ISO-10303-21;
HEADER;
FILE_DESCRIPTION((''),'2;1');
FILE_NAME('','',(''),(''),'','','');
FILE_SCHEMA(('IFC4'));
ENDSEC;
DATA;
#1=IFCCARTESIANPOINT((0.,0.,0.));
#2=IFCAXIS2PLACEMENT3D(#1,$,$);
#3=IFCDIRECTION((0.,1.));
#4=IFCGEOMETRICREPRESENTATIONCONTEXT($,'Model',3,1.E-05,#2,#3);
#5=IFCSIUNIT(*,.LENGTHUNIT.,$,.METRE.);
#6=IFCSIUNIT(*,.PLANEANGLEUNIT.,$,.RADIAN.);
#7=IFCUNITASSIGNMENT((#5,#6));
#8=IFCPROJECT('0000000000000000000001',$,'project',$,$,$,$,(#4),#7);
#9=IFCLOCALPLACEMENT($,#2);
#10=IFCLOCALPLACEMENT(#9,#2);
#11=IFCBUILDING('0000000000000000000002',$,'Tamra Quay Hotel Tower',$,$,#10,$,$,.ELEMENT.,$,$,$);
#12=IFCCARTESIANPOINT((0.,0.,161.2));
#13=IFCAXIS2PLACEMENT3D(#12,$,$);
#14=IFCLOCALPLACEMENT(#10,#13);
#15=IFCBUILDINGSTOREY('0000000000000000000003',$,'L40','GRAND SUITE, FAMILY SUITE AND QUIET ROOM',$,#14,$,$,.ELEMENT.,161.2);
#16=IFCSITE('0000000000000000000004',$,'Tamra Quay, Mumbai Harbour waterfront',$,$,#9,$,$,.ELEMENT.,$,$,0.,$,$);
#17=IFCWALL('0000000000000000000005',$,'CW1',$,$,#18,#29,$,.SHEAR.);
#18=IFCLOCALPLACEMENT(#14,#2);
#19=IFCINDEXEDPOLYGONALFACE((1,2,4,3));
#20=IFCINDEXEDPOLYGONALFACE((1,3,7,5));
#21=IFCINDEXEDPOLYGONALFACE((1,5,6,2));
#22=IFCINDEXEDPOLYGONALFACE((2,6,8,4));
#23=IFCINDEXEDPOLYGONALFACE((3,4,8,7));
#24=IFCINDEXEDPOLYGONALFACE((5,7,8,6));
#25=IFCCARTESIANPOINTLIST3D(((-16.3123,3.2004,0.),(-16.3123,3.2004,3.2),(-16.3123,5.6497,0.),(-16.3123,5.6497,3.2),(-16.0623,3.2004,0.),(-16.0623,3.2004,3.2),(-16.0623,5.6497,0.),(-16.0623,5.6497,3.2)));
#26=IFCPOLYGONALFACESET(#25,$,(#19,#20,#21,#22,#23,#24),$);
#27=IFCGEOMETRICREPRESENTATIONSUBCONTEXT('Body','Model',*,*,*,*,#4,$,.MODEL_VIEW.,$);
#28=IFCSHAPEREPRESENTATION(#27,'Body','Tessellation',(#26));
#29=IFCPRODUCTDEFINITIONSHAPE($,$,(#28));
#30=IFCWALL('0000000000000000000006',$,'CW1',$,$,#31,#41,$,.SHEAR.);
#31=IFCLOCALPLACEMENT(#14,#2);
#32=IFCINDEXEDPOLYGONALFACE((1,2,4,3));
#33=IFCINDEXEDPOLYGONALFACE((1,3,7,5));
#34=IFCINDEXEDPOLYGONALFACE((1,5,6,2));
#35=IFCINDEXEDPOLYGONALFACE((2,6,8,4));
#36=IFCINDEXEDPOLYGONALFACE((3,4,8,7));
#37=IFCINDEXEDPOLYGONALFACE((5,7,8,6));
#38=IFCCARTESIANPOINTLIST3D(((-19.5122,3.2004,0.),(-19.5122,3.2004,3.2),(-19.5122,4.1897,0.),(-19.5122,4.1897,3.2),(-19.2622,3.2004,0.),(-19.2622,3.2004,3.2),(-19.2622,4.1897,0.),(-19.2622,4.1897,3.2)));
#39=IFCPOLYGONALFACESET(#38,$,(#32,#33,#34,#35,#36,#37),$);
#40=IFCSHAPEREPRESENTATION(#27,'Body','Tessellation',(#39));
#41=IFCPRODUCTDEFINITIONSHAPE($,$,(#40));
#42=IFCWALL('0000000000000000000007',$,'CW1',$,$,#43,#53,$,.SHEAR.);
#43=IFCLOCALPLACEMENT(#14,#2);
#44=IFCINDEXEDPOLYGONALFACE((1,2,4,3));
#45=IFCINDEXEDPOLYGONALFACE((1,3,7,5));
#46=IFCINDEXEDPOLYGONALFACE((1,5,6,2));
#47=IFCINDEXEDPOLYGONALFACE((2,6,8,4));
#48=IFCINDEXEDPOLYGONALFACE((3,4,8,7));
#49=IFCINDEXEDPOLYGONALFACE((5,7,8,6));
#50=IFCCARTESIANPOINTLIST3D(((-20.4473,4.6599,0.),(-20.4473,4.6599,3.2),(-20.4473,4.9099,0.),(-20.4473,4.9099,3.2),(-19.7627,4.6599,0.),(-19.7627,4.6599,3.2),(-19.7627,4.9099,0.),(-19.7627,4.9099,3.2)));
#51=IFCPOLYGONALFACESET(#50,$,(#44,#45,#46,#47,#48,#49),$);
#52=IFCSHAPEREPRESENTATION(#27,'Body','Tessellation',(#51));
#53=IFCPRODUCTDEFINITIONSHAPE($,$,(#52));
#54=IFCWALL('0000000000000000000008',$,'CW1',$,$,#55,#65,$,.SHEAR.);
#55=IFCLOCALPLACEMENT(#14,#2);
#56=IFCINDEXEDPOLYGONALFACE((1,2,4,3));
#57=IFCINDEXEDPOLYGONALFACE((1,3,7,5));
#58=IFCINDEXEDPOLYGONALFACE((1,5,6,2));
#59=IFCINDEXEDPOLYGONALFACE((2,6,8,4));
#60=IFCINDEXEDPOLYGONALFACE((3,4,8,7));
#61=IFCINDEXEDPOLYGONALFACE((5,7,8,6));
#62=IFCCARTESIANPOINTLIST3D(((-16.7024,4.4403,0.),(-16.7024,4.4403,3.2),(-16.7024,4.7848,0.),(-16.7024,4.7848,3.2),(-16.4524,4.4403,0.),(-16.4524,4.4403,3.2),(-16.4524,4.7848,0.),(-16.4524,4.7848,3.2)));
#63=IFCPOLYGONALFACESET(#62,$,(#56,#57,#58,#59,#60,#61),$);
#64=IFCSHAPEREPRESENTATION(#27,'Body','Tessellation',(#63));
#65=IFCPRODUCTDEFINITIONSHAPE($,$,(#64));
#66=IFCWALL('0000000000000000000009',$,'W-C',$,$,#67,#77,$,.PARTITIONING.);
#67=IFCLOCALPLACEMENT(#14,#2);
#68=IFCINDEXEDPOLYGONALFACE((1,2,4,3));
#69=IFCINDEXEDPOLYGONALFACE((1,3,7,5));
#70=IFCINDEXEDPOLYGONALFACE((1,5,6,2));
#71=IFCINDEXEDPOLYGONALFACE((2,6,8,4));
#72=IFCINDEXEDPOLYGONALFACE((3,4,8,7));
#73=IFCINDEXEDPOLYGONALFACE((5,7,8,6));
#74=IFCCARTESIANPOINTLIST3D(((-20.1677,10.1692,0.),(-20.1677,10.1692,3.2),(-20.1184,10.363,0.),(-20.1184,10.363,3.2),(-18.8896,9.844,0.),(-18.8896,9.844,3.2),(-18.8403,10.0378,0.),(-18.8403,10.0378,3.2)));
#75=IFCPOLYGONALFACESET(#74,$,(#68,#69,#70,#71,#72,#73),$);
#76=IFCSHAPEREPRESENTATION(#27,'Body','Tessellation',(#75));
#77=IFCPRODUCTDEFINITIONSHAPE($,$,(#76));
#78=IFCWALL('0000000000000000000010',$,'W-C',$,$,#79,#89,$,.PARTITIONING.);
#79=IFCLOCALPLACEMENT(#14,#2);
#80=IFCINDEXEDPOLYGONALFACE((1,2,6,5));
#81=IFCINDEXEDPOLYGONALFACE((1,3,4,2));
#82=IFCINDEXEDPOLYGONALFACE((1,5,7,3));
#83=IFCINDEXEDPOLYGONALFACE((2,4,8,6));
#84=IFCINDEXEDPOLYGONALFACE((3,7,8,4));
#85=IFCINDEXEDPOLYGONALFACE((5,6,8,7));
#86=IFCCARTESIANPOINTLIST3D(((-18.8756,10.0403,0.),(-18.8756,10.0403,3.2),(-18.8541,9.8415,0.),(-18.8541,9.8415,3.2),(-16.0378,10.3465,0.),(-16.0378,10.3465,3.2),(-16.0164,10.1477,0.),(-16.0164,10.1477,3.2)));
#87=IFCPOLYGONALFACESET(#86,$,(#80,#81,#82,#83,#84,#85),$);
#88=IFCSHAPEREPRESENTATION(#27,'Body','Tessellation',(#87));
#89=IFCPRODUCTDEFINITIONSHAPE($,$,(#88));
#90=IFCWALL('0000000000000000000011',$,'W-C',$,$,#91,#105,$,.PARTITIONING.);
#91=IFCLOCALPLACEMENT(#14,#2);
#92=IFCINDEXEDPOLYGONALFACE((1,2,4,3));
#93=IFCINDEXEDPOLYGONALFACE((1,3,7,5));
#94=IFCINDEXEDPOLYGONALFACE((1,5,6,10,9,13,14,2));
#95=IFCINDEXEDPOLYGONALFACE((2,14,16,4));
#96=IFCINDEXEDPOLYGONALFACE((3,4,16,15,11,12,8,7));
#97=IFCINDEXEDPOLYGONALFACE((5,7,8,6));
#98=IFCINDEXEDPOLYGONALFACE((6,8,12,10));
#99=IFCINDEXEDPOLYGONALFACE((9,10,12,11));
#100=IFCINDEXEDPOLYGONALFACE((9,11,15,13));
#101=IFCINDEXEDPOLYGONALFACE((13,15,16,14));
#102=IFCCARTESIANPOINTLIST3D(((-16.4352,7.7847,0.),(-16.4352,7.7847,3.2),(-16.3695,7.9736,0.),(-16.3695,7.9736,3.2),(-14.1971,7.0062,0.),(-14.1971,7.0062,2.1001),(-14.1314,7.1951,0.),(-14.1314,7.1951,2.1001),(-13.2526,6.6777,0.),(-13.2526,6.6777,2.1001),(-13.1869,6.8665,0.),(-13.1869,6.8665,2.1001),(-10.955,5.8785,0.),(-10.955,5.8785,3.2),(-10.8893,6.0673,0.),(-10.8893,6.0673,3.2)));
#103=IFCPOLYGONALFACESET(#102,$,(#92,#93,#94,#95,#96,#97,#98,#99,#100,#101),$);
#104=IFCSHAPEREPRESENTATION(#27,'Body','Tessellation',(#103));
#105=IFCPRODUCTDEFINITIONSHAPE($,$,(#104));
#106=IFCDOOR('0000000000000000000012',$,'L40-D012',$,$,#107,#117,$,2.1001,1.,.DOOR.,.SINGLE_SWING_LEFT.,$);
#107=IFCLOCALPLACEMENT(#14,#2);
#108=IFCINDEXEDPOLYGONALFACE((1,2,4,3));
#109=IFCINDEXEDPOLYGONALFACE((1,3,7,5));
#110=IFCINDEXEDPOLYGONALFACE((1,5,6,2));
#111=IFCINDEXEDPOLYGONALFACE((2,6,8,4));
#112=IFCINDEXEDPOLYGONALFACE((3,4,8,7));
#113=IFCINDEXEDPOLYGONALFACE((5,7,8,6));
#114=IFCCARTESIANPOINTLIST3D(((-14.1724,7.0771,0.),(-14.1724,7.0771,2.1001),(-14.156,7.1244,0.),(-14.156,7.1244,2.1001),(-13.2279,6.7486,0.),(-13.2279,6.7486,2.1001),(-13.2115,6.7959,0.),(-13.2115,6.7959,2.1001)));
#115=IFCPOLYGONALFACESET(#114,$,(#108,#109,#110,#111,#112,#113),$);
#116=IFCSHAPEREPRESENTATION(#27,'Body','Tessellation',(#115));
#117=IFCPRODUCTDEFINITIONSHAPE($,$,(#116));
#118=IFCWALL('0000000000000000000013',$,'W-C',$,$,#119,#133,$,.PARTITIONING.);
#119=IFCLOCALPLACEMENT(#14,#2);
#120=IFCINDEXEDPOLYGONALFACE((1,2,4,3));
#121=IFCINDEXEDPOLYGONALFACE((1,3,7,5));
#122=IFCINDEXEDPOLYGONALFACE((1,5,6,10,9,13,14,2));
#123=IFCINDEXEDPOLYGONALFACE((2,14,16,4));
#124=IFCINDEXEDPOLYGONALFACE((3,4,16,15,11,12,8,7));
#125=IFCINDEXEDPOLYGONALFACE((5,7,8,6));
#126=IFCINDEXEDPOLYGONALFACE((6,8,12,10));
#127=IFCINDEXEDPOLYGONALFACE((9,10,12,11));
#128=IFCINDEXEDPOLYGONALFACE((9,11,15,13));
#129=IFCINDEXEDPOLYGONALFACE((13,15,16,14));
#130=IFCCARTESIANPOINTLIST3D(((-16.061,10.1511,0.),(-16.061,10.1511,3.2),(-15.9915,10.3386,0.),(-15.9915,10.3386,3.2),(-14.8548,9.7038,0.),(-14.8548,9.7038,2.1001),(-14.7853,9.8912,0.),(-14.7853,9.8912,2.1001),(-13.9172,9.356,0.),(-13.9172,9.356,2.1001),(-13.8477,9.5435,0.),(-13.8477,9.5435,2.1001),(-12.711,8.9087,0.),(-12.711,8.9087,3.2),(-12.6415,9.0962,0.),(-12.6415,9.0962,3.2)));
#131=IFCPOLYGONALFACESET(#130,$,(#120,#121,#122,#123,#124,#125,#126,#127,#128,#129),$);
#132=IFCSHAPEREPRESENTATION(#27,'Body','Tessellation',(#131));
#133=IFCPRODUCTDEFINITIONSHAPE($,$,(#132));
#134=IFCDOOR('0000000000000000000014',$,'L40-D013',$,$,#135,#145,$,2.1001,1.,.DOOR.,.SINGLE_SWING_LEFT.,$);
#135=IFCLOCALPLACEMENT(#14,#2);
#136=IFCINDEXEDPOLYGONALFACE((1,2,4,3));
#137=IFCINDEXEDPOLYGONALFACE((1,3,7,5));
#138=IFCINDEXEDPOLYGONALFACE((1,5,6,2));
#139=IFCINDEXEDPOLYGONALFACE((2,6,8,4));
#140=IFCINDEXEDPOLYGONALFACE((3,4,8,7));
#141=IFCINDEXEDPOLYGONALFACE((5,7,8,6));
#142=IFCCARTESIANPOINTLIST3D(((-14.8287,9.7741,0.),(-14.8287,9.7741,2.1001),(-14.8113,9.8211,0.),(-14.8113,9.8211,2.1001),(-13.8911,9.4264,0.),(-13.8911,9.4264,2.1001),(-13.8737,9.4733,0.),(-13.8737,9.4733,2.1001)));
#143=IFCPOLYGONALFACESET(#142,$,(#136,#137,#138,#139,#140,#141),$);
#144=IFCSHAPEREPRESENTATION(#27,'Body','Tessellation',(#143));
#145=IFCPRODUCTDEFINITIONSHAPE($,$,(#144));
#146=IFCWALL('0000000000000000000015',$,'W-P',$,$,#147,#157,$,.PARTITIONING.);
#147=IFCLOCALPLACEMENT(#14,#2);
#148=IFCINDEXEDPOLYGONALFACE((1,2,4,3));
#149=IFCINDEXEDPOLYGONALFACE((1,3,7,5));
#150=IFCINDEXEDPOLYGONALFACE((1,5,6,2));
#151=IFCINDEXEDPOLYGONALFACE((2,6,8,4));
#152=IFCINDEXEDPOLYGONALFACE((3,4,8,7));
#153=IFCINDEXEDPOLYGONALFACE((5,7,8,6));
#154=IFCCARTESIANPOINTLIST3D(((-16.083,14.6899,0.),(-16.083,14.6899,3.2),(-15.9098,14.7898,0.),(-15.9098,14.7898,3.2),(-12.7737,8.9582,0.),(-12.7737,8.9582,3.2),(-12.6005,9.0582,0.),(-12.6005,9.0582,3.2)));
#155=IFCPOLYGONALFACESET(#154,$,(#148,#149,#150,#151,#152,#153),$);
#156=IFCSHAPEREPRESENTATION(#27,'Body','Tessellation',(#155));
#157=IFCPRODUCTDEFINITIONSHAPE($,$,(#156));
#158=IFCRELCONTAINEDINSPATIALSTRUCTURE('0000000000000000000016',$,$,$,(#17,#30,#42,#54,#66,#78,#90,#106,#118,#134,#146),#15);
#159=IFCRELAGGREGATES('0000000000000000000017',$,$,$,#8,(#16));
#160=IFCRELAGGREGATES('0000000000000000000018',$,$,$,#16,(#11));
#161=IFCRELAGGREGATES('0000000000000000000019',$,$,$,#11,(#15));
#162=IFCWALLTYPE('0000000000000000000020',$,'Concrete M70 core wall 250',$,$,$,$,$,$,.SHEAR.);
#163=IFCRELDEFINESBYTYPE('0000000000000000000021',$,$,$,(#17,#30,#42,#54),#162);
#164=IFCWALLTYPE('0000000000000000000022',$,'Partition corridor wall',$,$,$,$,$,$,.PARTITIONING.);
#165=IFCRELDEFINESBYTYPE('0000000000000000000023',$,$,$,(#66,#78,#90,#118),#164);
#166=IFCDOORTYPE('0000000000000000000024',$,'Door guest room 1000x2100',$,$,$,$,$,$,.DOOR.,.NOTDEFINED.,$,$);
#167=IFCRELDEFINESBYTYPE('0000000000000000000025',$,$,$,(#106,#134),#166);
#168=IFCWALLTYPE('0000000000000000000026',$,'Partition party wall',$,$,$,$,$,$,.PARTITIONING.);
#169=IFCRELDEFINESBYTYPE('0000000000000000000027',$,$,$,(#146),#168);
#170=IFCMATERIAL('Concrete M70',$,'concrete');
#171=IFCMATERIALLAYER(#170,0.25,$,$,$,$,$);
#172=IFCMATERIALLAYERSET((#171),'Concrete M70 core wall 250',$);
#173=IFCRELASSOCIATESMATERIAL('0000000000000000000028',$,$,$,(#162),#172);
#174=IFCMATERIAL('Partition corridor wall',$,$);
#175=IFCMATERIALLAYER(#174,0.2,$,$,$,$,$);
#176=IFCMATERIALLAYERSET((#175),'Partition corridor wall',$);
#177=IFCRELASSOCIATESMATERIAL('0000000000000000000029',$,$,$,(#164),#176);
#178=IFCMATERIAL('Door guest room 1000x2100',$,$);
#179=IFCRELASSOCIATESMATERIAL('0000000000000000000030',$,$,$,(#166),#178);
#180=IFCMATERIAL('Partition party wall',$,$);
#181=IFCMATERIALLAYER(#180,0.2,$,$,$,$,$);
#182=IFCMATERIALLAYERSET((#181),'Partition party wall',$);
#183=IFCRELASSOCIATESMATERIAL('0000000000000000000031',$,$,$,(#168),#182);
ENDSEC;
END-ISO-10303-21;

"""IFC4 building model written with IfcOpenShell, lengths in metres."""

from ifc_helpers import new_model, si_unit, direction, frame, frame_2d, origin, place, context, subcontext, project, spatial, rectangle, extrude, material, layer, layer_set, type_object, element, fill, save


model = new_model("IFC4")

# Units and contexts
model_context = context("Model", 3, precision=1e-05, world=origin(), true_north=direction((0.0, 1.0)))
body_context = subcontext(model_context, "Body", "Model", "MODEL_VIEW")
ifc_project = project(units=[si_unit("LENGTHUNIT", "METRE"), si_unit("PLANEANGLEUNIT", "RADIAN")], contexts=[model_context])

# Site, building, storey
site_placement = place(None, origin())
site = spatial("IfcSite", under=ifc_project, at=site_placement, Name="Tamra Quay, Mumbai Harbour waterfront", CompositionType="ELEMENT", RefElevation=0.0)
building_placement = place(site_placement, origin())
building = spatial("IfcBuilding", under=site, at=building_placement, Name="Tamra Quay Hotel Tower", CompositionType="ELEMENT")
storey_placement = place(building_placement, frame((0.0, 0.0, 161.2)))
storey = spatial("IfcBuildingStorey", under=building, at=storey_placement, Name="L40", Description="GRAND SUITE, FAMILY SUITE AND QUIET ROOM", CompositionType="ELEMENT", Elevation=161.2)

# Shared definitions
ifc_material_1 = material(Name="Concrete M70", Category="concrete")

# Walls
ifc_layer_1 = layer(ifc_material_1, 0.25)
ifc_layer_set_1 = layer_set([ifc_layer_1], Name="Concrete M70 core wall 250")
wall_type_1 = type_object("IfcWallType", Name="Concrete M70 core wall 250", PredefinedType="SHEAR", material=ifc_layer_set_1)
wall_1_placement = place(storey_placement, frame((-16.1873, 3.2004, 0.0), z_axis=(0.0, 0.0, 1.0), x_axis=(0.0, 1.0, 0.0)))
element("IfcWall", 1, at=wall_1_placement, inside=storey, type_object=wall_type_1, Name="CW1", PredefinedType="SHEAR", context=body_context, shape_type="SweptSolid", body=[
    extrude(rectangle(XDim=2.4492, YDim=0.25, at=frame_2d((1.2246, 0.0))), origin(), (0.0, 0.0, 1.0), 3.2),
])
wall_2_placement = place(storey_placement, frame((-19.3872, 4.1897, 0.0), z_axis=(0.0, 0.0, 1.0), x_axis=(0.0, -1.0, 0.0)))
element("IfcWall", 2, at=wall_2_placement, inside=storey, type_object=wall_type_1, Name="CW1", PredefinedType="SHEAR", context=body_context, shape_type="SweptSolid", body=[
    extrude(rectangle(XDim=0.9893, YDim=0.25, at=frame_2d((0.4946, 0.0))), origin(), (0.0, 0.0, 1.0), 3.2),
])
wall_3_placement = place(storey_placement, frame((-20.4473, 4.7849, 0.0), z_axis=(0.0, 0.0, 1.0), x_axis=(1.0, 0.0, 0.0)))
element("IfcWall", 3, at=wall_3_placement, inside=storey, type_object=wall_type_1, Name="CW1", PredefinedType="SHEAR", context=body_context, shape_type="SweptSolid", body=[
    extrude(rectangle(XDim=0.6846, YDim=0.25, at=frame_2d((0.3423, 0.0))), origin(), (0.0, 0.0, 1.0), 3.2),
])
wall_4_placement = place(storey_placement, frame((-16.5774, 4.7849, 0.0), z_axis=(0.0, 0.0, 1.0), x_axis=(0.0, -1.0, 0.0)))
element("IfcWall", 4, at=wall_4_placement, inside=storey, type_object=wall_type_1, Name="CW1", PredefinedType="SHEAR", context=body_context, shape_type="SweptSolid", body=[
    extrude(rectangle(XDim=0.3445, YDim=0.25, at=frame_2d((0.1724, 0.0))), origin(), (0.0, 0.0, 1.0), 3.2),
])
ifc_material_2 = material(Name="Partition corridor wall")
ifc_layer_2 = layer(ifc_material_2, 0.2)
ifc_layer_set_2 = layer_set([ifc_layer_2], Name="Partition corridor wall")
wall_type_2 = type_object("IfcWallType", Name="Partition corridor wall", PredefinedType="PARTITIONING", material=ifc_layer_set_2)
wall_5_placement = place(storey_placement, frame((-20.1431, 10.2661, 0.0), z_axis=(0.0, 0.0, 1.0), x_axis=(0.969121, -0.246584, 0.0)))
element("IfcWall", 5, at=wall_5_placement, inside=storey, type_object=wall_type_2, Name="W-C", PredefinedType="PARTITIONING", context=body_context, shape_type="SweptSolid", body=[
    extrude(rectangle(XDim=1.3188, YDim=0.2, at=frame_2d((0.6594, 0.0))), origin(), (0.0, 0.0, 1.0), 3.2),
])
wall_6_placement = place(storey_placement, frame((-18.865, 9.9409, 0.0), z_axis=(0.0, 0.0, 1.0), x_axis=(0.994231, 0.107258, 0.0)))
element("IfcWall", 6, at=wall_6_placement, inside=storey, type_object=wall_type_2, Name="W-C", PredefinedType="PARTITIONING", context=body_context, shape_type="SweptSolid", body=[
    extrude(rectangle(XDim=2.8542, YDim=0.2, at=frame_2d((1.4272, 0.0))), origin(), (0.0, 0.0, 1.0), 3.2),
])

# Walls, openings, doors
wall_7_placement = place(storey_placement, frame((-16.4023, 7.8792, 0.0), z_axis=(0.0, 0.0, 1.0), x_axis=(0.944492, -0.328534, 0.0)))
wall_7 = element("IfcWall", 7, at=wall_7_placement, inside=storey, type_object=wall_type_2, Name="W-C", PredefinedType="PARTITIONING", context=body_context, shape_type="SweptSolid", body=[
    extrude(rectangle(XDim=5.8022, YDim=0.2, at=frame_2d((2.9011, 0.0))), origin(), (0.0, 0.0, 1.0), 3.2),
])
opening_1_placement = place(wall_7_placement, frame((2.3696, 0.0, 0.0)))
opening_1 = element("IfcOpeningElement", 8, at=opening_1_placement, cuts=wall_7, PredefinedType="OPENING", context=body_context, shape_type="SweptSolid", body=[
    extrude(rectangle(XDim=1.0, YDim=2.1001, at=frame_2d((0.5, 1.05))), frame((0.0, 0.1099, 0.0), z_axis=(0.0, -1.0, 0.0), x_axis=(1.0, 0.0, 0.0)), (0.0, 0.0, 1.0), 0.22),
])
ifc_material_3 = material(Name="Door guest room 1000x2100")
door_type_1 = type_object("IfcDoorType", Name="Door guest room 1000x2100", OperationType="NOTDEFINED", PredefinedType="DOOR", material=ifc_material_3)
door_1_placement = place(opening_1_placement, frame((1.0, 0.0, 0.0), z_axis=(0.0, 0.0, 1.0), x_axis=(-1.0, 0.0, 0.0)))
door_1 = element("IfcDoor", 9, at=door_1_placement, inside=storey, type_object=door_type_1, Name="L40-D012", OperationType="SINGLE_SWING_LEFT", OverallHeight=2.1001, OverallWidth=1.0, PredefinedType="DOOR", context=body_context, shape_type="SweptSolid", body=[
    extrude(rectangle(XDim=1.0, YDim=2.1001, at=frame_2d((0.5, 1.05))), frame((0.0, 0.0249, 0.0), z_axis=(0.0, -1.0, 0.0), x_axis=(1.0, 0.0, 0.0)), (0.0, 0.0, 1.0), 0.05),
])
fill(opening_1, door_1)
wall_8_placement = place(storey_placement, frame((-16.0264, 10.2449, 0.0), z_axis=(0.0, 0.0, 1.0), x_axis=(0.937598, -0.347722, 0.0)))
wall_8 = element("IfcWall", 10, at=wall_8_placement, inside=storey, type_object=wall_type_2, Name="W-C", PredefinedType="PARTITIONING", context=body_context, shape_type="SweptSolid", body=[
    extrude(rectangle(XDim=3.573, YDim=0.2, at=frame_2d((1.7866, 0.0))), origin(), (0.0, 0.0, 1.0), 3.2),
])
opening_2_placement = place(wall_8_placement, frame((1.2866, 0.0, 0.0)))
opening_2 = element("IfcOpeningElement", 11, at=opening_2_placement, cuts=wall_8, PredefinedType="OPENING", context=body_context, shape_type="SweptSolid", body=[
    extrude(rectangle(XDim=1.0, YDim=2.1001, at=frame_2d((0.5, 1.05))), frame((0.0, 0.1099, 0.0), z_axis=(0.0, -1.0, 0.0), x_axis=(1.0, 0.0, 0.0)), (0.0, 0.0, 1.0), 0.22),
])
door_2_placement = place(opening_2_placement, frame((1.0, 0.0, 0.0), z_axis=(0.0, 0.0, 1.0), x_axis=(-1.0, 0.0, 0.0)))
door_2 = element("IfcDoor", 12, at=door_2_placement, inside=storey, type_object=door_type_1, Name="L40-D013", OperationType="SINGLE_SWING_LEFT", OverallHeight=2.1001, OverallWidth=1.0, PredefinedType="DOOR", context=body_context, shape_type="SweptSolid", body=[
    extrude(rectangle(XDim=1.0, YDim=2.1001, at=frame_2d((0.5, 1.05))), frame((0.0, 0.0249, 0.0), z_axis=(0.0, -1.0, 0.0), x_axis=(1.0, 0.0, 0.0)), (0.0, 0.0, 1.0), 0.05),
])
fill(opening_2, door_2)

# Wall
ifc_material_4 = material(Name="Partition party wall")
ifc_layer_3 = layer(ifc_material_4, 0.2)
ifc_layer_set_3 = layer_set([ifc_layer_3], Name="Partition party wall")
wall_type_3 = type_object("IfcWallType", Name="Partition party wall", PredefinedType="PARTITIONING", material=ifc_layer_set_3)
wall_9_placement = place(storey_placement, frame((-15.9963, 14.7397, 0.0), z_axis=(0.0, 0.0, 1.0), x_axis=(0.500015, -0.866017, 0.0)))
element("IfcWall", 13, at=wall_9_placement, inside=storey, type_object=wall_type_3, Name="W-P", PredefinedType="PARTITIONING", context=body_context, shape_type="SweptSolid", body=[
    extrude(rectangle(XDim=6.6184, YDim=0.2, at=frame_2d((3.3091, 0.0))), origin(), (0.0, 0.0, 1.0), 3.2),
])

save(model, "model.ifc")
